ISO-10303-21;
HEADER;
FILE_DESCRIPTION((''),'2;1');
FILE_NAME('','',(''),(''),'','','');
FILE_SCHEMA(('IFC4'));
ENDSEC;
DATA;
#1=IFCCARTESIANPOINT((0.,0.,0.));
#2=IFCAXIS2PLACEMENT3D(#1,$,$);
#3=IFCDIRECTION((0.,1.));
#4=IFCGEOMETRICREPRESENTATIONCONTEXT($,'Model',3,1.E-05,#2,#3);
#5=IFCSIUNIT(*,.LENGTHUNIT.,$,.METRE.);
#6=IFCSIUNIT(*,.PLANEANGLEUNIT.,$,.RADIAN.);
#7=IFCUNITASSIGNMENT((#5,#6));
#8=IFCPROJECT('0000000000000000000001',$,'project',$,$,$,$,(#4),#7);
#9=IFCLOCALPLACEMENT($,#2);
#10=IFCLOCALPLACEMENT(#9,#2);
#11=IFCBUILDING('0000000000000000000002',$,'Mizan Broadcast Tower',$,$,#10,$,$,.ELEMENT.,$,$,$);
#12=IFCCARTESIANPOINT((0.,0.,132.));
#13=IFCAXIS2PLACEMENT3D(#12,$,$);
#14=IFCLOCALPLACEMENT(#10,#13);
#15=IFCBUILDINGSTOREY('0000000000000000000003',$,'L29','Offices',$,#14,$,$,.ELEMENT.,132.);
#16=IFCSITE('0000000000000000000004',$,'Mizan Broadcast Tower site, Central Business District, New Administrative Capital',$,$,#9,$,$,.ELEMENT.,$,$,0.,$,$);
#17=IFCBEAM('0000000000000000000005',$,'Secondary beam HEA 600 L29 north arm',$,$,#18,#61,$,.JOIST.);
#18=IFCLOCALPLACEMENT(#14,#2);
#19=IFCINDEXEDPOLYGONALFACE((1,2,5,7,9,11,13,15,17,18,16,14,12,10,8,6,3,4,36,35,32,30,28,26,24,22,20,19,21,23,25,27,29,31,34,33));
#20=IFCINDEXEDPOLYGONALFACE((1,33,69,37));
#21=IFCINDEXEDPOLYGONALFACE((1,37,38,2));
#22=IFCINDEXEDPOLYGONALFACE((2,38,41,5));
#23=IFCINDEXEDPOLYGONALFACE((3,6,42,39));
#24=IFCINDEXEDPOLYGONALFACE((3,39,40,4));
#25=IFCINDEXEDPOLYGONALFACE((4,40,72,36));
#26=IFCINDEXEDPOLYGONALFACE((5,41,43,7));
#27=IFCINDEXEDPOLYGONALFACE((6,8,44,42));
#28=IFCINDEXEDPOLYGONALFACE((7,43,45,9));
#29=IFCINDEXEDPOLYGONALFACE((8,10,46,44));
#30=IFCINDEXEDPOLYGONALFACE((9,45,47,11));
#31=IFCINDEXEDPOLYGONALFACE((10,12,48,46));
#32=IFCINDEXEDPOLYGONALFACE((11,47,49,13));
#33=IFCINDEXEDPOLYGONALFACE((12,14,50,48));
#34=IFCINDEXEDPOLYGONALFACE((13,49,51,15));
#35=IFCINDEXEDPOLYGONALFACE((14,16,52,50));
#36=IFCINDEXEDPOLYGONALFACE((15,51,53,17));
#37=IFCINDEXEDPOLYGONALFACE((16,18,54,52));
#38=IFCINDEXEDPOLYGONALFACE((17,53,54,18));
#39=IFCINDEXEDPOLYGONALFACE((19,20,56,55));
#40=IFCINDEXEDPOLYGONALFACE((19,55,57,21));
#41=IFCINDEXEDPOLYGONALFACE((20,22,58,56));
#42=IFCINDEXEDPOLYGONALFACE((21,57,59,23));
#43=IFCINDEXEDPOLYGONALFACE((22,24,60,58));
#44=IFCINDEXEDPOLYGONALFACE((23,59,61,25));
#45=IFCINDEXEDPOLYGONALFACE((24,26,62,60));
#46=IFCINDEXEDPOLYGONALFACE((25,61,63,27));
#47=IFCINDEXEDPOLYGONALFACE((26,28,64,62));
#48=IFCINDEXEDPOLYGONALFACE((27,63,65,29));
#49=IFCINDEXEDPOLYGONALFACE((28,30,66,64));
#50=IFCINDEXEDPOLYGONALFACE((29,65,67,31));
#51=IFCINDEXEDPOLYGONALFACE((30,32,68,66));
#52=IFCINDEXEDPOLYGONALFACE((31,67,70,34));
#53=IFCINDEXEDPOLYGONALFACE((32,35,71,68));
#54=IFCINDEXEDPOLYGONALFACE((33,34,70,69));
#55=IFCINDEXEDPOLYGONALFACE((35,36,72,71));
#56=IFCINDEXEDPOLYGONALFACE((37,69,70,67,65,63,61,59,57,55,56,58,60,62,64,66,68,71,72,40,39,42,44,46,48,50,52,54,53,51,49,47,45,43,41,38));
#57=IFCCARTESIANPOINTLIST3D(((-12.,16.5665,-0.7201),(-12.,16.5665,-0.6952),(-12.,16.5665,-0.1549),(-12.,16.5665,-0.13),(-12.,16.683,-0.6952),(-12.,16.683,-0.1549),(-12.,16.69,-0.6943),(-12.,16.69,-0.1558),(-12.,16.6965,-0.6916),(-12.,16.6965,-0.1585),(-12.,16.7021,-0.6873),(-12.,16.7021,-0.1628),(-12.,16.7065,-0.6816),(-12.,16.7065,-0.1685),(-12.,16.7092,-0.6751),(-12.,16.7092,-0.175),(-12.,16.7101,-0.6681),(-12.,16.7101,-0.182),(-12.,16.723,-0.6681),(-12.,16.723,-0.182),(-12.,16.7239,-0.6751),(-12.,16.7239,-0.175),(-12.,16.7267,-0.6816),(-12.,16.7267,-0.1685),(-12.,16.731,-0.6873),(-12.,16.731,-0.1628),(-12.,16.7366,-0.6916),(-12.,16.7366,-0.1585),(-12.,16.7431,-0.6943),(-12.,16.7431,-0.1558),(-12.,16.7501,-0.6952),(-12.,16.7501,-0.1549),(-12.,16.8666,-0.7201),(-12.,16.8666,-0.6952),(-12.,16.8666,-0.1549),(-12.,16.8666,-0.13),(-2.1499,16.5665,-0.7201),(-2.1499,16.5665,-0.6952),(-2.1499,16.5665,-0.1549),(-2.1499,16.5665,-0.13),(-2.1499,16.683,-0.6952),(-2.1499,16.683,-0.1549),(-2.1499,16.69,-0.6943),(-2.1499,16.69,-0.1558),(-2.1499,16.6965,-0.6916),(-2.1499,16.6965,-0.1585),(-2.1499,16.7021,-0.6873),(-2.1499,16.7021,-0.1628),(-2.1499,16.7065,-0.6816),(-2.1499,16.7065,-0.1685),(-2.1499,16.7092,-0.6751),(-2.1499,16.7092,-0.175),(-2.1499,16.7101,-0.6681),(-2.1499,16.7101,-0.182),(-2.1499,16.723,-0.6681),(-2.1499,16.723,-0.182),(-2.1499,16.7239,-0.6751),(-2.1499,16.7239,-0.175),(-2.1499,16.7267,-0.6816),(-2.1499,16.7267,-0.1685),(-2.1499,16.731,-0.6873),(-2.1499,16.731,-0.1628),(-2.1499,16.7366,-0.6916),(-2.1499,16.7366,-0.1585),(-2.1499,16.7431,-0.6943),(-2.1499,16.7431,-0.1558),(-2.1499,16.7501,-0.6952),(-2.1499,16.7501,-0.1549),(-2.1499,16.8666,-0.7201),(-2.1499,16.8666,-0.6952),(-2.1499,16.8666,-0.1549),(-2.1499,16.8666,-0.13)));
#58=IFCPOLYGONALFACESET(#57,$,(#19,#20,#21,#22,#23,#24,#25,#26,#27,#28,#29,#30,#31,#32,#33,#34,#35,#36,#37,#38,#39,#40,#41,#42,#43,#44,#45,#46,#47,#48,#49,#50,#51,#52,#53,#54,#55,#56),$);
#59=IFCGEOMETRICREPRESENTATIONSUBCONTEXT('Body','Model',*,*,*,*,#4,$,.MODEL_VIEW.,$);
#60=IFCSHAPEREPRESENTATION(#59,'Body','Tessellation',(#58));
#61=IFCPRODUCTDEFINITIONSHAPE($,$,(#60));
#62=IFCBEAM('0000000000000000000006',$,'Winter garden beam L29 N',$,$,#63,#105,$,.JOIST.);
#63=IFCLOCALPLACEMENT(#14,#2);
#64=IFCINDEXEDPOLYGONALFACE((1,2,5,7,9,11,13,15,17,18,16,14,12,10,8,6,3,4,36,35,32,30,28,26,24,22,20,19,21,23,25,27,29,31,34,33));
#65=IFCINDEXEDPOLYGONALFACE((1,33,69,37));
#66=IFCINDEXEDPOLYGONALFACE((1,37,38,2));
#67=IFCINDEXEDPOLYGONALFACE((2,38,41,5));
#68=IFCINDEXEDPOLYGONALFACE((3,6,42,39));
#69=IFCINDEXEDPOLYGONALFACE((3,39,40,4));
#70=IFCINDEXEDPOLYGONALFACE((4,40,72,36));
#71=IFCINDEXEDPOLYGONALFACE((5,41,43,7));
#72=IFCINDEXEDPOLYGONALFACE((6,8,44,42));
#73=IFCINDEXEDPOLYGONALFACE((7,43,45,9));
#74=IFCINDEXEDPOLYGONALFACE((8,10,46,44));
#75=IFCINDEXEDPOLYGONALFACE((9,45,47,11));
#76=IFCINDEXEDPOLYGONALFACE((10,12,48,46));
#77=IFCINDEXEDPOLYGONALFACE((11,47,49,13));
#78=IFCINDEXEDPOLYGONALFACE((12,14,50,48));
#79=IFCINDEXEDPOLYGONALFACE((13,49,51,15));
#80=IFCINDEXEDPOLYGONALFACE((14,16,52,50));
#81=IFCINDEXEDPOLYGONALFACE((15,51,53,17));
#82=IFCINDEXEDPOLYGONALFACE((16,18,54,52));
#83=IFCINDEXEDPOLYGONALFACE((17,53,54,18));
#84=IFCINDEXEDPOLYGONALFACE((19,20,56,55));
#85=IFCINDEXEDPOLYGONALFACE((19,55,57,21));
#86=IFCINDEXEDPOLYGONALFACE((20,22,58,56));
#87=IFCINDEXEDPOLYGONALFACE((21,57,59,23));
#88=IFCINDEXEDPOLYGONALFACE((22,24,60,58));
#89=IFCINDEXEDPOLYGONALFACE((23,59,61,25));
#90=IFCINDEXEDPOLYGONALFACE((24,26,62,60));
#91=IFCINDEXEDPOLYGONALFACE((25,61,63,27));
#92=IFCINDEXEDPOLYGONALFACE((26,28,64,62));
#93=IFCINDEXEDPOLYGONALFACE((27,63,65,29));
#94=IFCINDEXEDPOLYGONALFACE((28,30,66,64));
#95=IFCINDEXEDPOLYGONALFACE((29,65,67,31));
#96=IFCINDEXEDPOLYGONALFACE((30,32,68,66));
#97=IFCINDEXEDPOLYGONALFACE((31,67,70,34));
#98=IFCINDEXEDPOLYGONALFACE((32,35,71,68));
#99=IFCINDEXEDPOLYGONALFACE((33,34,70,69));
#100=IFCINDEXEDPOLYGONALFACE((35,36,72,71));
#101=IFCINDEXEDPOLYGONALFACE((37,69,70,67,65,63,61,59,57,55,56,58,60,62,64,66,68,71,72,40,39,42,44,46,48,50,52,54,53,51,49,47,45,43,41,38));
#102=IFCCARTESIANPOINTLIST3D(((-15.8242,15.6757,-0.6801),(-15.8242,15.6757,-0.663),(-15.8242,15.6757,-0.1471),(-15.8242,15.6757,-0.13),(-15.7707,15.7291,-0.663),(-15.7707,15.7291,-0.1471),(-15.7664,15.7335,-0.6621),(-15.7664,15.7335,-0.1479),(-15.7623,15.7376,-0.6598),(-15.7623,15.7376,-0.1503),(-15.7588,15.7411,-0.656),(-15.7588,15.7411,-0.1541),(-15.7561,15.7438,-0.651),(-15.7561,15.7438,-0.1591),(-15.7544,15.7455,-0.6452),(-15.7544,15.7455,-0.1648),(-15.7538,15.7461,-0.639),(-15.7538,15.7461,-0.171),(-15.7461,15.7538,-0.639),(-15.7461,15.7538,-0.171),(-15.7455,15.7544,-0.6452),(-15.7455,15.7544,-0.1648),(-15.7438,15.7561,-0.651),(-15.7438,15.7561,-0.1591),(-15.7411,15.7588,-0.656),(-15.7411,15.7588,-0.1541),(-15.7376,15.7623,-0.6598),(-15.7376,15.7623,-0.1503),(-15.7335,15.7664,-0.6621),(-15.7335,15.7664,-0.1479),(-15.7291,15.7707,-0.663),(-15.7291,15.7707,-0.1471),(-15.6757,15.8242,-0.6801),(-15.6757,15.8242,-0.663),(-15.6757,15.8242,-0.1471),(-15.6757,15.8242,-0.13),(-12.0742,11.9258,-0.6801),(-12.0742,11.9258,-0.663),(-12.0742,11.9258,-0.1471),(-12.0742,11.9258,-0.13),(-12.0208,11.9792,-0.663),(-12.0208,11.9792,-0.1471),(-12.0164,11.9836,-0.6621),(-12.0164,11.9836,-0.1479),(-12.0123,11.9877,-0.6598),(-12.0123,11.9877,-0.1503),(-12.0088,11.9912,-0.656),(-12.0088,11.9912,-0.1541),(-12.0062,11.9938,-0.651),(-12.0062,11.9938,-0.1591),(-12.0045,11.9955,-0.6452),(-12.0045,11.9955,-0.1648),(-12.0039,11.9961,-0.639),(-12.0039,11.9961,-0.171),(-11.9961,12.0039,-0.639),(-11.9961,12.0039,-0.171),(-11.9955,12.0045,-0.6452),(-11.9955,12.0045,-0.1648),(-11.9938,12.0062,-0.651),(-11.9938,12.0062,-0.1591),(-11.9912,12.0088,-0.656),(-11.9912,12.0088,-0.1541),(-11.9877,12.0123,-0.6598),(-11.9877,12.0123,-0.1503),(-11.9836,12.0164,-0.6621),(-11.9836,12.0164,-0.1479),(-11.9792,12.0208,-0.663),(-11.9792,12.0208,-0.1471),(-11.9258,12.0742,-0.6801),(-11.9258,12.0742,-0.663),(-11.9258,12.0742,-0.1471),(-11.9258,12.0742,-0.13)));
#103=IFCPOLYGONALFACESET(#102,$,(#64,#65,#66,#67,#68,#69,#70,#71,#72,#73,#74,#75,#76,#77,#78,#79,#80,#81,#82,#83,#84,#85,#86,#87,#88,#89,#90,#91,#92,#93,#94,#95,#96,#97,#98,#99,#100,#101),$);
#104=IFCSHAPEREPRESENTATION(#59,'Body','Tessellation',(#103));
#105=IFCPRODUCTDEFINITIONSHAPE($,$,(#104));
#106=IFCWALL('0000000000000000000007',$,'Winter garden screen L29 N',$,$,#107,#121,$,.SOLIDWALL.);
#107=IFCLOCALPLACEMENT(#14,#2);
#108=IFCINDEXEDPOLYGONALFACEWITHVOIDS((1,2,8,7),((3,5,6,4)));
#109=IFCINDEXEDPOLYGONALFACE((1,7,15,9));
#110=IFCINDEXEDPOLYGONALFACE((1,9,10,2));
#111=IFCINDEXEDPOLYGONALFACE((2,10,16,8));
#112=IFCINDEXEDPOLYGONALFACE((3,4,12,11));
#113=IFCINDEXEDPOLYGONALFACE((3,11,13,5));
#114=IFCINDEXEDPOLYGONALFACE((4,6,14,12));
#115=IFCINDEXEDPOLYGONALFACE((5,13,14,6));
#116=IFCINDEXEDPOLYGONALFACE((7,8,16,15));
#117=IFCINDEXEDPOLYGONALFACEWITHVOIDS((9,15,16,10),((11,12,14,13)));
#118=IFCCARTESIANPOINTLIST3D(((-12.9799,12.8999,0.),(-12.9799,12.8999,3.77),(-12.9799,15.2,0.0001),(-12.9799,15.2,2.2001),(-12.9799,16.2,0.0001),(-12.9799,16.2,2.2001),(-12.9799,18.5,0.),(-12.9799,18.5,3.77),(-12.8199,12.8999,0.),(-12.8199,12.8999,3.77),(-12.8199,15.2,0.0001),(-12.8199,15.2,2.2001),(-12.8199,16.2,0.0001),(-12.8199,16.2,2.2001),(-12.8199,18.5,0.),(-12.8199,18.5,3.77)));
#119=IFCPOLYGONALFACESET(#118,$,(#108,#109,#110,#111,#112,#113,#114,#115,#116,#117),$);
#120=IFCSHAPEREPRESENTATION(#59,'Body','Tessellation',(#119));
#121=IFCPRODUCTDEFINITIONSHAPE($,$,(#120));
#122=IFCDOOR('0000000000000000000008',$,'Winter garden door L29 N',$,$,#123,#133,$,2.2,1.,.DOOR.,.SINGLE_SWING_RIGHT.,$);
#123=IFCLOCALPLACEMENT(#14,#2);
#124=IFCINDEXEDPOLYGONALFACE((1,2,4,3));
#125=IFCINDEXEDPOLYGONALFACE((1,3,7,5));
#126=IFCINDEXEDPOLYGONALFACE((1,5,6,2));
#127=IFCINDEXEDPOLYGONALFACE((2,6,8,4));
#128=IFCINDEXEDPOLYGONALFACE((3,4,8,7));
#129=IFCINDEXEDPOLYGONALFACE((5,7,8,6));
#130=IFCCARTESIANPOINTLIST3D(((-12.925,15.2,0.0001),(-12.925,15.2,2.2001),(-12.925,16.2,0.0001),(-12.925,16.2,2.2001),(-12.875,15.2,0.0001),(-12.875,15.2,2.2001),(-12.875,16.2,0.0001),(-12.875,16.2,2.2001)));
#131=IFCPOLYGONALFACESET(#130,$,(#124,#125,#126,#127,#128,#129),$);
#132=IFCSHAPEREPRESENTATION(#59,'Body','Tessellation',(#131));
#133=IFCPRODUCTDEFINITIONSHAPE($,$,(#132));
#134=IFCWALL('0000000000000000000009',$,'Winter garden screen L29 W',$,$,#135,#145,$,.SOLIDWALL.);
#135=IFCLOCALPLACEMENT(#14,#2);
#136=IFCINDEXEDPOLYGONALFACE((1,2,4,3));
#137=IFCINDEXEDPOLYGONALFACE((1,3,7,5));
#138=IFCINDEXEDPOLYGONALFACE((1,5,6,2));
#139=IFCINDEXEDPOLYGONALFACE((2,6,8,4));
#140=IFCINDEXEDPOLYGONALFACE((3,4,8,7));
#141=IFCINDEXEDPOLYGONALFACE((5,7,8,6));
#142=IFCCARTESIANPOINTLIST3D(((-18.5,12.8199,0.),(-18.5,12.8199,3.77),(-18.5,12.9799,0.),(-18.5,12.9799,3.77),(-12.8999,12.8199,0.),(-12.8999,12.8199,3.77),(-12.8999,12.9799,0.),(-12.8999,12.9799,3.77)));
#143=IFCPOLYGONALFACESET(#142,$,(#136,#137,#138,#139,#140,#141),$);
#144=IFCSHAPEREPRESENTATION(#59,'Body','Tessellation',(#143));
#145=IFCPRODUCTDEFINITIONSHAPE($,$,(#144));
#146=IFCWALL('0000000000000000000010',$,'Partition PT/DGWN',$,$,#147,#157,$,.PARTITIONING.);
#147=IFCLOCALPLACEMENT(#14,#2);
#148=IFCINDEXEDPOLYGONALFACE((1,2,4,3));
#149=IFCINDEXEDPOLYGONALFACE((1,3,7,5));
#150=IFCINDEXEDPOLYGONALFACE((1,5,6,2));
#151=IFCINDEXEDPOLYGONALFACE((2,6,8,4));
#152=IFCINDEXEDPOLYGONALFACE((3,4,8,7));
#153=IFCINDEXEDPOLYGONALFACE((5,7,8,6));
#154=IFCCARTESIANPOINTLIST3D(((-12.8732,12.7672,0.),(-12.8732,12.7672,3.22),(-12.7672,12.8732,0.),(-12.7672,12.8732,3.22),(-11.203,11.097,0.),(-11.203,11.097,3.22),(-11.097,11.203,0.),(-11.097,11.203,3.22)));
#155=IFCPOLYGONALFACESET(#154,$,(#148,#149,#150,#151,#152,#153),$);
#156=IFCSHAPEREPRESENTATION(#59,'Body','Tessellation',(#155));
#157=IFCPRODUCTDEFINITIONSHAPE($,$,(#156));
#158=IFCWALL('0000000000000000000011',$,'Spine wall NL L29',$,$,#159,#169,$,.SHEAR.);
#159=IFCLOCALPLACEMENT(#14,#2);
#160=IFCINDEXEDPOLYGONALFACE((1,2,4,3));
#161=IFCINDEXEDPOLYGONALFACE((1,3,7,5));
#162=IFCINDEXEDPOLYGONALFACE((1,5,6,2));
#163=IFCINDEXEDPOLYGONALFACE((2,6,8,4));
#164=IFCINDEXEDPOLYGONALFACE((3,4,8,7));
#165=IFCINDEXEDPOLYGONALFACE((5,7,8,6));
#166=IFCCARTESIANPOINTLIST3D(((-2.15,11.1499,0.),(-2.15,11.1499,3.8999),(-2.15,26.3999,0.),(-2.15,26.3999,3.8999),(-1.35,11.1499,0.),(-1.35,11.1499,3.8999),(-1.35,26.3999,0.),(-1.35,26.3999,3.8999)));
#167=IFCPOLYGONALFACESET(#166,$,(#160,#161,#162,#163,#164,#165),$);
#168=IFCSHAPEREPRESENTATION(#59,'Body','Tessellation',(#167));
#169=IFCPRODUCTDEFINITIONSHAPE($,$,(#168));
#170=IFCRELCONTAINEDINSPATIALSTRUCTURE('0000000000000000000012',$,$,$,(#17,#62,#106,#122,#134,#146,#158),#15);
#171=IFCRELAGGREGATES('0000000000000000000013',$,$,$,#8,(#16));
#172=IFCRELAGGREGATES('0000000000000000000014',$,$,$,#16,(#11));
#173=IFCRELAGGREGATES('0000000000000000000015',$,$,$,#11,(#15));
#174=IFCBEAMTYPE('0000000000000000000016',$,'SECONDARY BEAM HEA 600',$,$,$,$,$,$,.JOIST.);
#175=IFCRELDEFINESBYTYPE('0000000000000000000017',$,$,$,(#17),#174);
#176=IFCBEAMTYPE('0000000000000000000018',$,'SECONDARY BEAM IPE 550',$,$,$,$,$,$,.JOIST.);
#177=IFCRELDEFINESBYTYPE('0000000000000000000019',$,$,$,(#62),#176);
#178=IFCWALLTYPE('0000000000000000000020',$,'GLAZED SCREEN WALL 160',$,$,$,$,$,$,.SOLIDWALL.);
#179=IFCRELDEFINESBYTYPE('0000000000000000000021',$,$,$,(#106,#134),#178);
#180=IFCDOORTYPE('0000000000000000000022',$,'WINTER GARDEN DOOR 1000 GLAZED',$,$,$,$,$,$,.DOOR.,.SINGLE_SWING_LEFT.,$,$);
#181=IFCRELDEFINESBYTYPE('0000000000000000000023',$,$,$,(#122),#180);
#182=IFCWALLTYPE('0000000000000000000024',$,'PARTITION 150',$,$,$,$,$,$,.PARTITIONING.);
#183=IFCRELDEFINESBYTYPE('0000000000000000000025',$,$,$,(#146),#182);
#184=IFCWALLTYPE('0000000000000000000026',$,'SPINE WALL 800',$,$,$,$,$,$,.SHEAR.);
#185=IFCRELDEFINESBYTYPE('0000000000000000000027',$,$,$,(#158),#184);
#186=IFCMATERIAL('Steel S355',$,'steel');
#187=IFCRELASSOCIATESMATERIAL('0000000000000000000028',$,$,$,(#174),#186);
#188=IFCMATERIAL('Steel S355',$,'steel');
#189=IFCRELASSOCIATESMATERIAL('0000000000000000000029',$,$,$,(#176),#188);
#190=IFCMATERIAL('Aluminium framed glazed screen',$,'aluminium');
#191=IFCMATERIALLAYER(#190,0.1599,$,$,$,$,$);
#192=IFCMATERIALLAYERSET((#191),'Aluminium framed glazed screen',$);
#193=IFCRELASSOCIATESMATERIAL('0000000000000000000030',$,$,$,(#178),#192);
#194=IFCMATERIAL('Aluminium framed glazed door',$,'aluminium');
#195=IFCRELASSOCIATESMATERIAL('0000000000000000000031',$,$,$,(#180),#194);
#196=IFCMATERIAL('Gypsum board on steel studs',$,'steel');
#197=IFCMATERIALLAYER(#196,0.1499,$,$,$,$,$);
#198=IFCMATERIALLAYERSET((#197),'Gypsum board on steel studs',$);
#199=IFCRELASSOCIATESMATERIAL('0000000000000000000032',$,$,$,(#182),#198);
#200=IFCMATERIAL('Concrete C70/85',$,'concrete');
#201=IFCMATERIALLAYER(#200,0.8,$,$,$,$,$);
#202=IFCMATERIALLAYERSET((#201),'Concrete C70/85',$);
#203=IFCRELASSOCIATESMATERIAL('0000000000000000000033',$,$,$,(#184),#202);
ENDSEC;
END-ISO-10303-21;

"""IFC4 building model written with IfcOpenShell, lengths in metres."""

from ifc_helpers import new_model, si_unit, direction, frame, frame_2d, origin, origin_2d, place, context, subcontext, project, spatial, rectangle, i_section, extrude, material, layer, layer_set, material_profile, profile_set, type_object, element, fill, save


model = new_model("IFC4")

# Units and contexts
model_context = context("Model", 3, precision=1e-05, world=origin(), true_north=direction((0.0, 1.0)))
body_context = subcontext(model_context, "Body", "Model", "MODEL_VIEW")
ifc_project = project(units=[si_unit("LENGTHUNIT", "METRE"), si_unit("PLANEANGLEUNIT", "RADIAN")], contexts=[model_context])

# Site, building, storey
site_placement = place(None, origin())
site = spatial("IfcSite", under=ifc_project, at=site_placement, Name="Mizan Broadcast Tower site, Central Business District, New Administrative Capital", CompositionType="ELEMENT", RefElevation=0.0)
building_placement = place(site_placement, origin())
building = spatial("IfcBuilding", under=site, at=building_placement, Name="Mizan Broadcast Tower", CompositionType="ELEMENT")
storey_placement = place(building_placement, frame((0.0, 0.0, 132.0)))
storey = spatial("IfcBuildingStorey", under=building, at=storey_placement, Name="L29", Description="Offices", CompositionType="ELEMENT", Elevation=132.0)

# Beams
ifc_material_1 = material(Name="Steel S355", Category="steel")
ifc_material_profile_1 = material_profile(ifc_material_1, i_section(OverallWidth=0.3, OverallDepth=0.5901, WebThickness=0.0129, FlangeThickness=0.0249, FilletRadius=0.0271, at=origin_2d()), Name="HEA 600")
ifc_profile_set_1 = profile_set([ifc_material_profile_1], Name="Steel S355")
beam_type_1 = type_object("IfcBeamType", Name="SECONDARY BEAM HEA 600", PredefinedType="JOIST", material=ifc_profile_set_1)
for number, where, z_axis, x_axis, name in (
    (1, (-12.0, 16.7166, -0.425), (1.0, 0.0, 0.0), (0.0, 1.0, 0.0), "Secondary beam HEA 600 L29 north arm"),
):
    element("IfcBeam", number, at=place(storey_placement, frame(where, z_axis=z_axis, x_axis=x_axis)), inside=storey, type_object=beam_type_1, Name=name, PredefinedType="JOIST", context=body_context, shape_type="SweptSolid", body=[
        extrude(i_section(OverallWidth=0.3, OverallDepth=0.5901, WebThickness=0.0129, FlangeThickness=0.0249, FilletRadius=0.0271, at=origin_2d()), origin(), (0.0, 0.0, 1.0), 9.8501),
    ])
ifc_material_2 = material(Name="Steel S355", Category="steel")
ifc_material_profile_2 = material_profile(ifc_material_2, i_section(OverallWidth=0.21, OverallDepth=0.55, WebThickness=0.011, FlangeThickness=0.0171, FilletRadius=0.0239, at=origin_2d()), Name="IPE 550")
ifc_profile_set_2 = profile_set([ifc_material_profile_2], Name="Steel S355")
beam_type_2 = type_object("IfcBeamType", Name="SECONDARY BEAM IPE 550", PredefinedType="JOIST", material=ifc_profile_set_2)
beam_1_placement = place(storey_placement, frame((-12.0, 12.0, -0.405), z_axis=(-0.707107, 0.707107, 0.0), x_axis=(-0.707107, -0.707107, 0.0)))
element("IfcBeam", 2, at=beam_1_placement, inside=storey, type_object=beam_type_2, Name="Winter garden beam L29 N", PredefinedType="JOIST", context=body_context, shape_type="SweptSolid", body=[
    extrude(i_section(OverallWidth=0.21, OverallDepth=0.55, WebThickness=0.011, FlangeThickness=0.0171, FilletRadius=0.0239, at=origin_2d()), origin(), (0.0, 0.0, 1.0), 5.3032),
])

# Wall, opening, door
ifc_material_3 = material(Name="Aluminium framed glazed screen", Category="aluminium")
ifc_layer_1 = layer(ifc_material_3, 0.1599)
ifc_layer_set_1 = layer_set([ifc_layer_1], Name="Aluminium framed glazed screen")
wall_type_1 = type_object("IfcWallType", Name="GLAZED SCREEN WALL 160", PredefinedType="SOLIDWALL", material=ifc_layer_set_1)
wall_1_placement = place(storey_placement, frame((-12.8999, 18.5, 0.0), z_axis=(0.0, 0.0, 1.0), x_axis=(0.0, -1.0, 0.0)))
wall_1 = element("IfcWall", 3, at=wall_1_placement, inside=storey, type_object=wall_type_1, Name="Winter garden screen L29 N", PredefinedType="SOLIDWALL", context=body_context, shape_type="SweptSolid", body=[
    extrude(rectangle(XDim=5.6001, YDim=0.1599, at=frame_2d((2.8, 0.0))), origin(), (0.0, 0.0, 1.0), 3.77),
])
opening_placement = place(wall_1_placement, frame((2.3, 0.0, 0.0)))
opening = element("IfcOpeningElement", 4, at=opening_placement, cuts=wall_1, PredefinedType="OPENING", context=body_context, shape_type="SweptSolid", body=[
    extrude(rectangle(XDim=1.0, YDim=2.2, at=frame_2d((0.5, 1.1001))), frame((0.0, 0.0898, 0.0), z_axis=(0.0, -1.0, 0.0), x_axis=(1.0, 0.0, 0.0)), (0.0, 0.0, 1.0), 0.1799),
])
ifc_material_4 = material(Name="Aluminium framed glazed door", Category="aluminium")
door_type = type_object("IfcDoorType", Name="WINTER GARDEN DOOR 1000 GLAZED", OperationType="SINGLE_SWING_LEFT", PredefinedType="DOOR", material=ifc_material_4)
door_placement = place(opening_placement, origin())
door = element("IfcDoor", 5, at=door_placement, inside=storey, type_object=door_type, Name="Winter garden door L29 N", OperationType="SINGLE_SWING_RIGHT", OverallHeight=2.2, OverallWidth=1.0, PredefinedType="DOOR", context=body_context, shape_type="SweptSolid", body=[
    extrude(rectangle(XDim=1.0, YDim=2.2, at=frame_2d((0.5, 1.1001))), frame((0.0, 0.0249, 0.0), z_axis=(0.0, -1.0, 0.0), x_axis=(1.0, 0.0, 0.0)), (0.0, 0.0, 1.0), 0.05),
])
fill(opening, door)

# Walls
wall_2_placement = place(storey_placement, frame((-12.8999, 12.8999, 0.0), z_axis=(0.0, 0.0, 1.0), x_axis=(-1.0, 0.0, 0.0)))
element("IfcWall", 6, at=wall_2_placement, inside=storey, type_object=wall_type_1, Name="Winter garden screen L29 W", PredefinedType="SOLIDWALL", context=body_context, shape_type="SweptSolid", body=[
    extrude(rectangle(XDim=5.6001, YDim=0.1599, at=frame_2d((2.8, 0.0))), origin(), (0.0, 0.0, 1.0), 3.77),
])
ifc_material_5 = material(Name="Gypsum board on steel studs", Category="steel")
ifc_layer_2 = layer(ifc_material_5, 0.1499)
ifc_layer_set_2 = layer_set([ifc_layer_2], Name="Gypsum board on steel studs")
wall_type_2 = type_object("IfcWallType", Name="PARTITION 150", PredefinedType="PARTITIONING", material=ifc_layer_set_2)
wall_3_placement = place(storey_placement, frame((-11.1499, 11.1499, 0.0), z_axis=(0.0, 0.0, 1.0), x_axis=(-0.707107, 0.707107, 0.0)))
element("IfcWall", 7, at=wall_3_placement, inside=storey, type_object=wall_type_2, Name="Partition PT/DGWN", PredefinedType="PARTITIONING", context=body_context, shape_type="SweptSolid", body=[
    extrude(rectangle(XDim=2.3621, YDim=0.1499, at=frame_2d((1.1812, 0.0))), origin(), (0.0, 0.0, 1.0), 3.22),
])
ifc_material_6 = material(Name="Concrete C70/85", Category="concrete")
ifc_layer_3 = layer(ifc_material_6, 0.8)
ifc_layer_set_3 = layer_set([ifc_layer_3], Name="Concrete C70/85")
wall_type_3 = type_object("IfcWallType", Name="SPINE WALL 800", PredefinedType="SHEAR", material=ifc_layer_set_3)
wall_4_placement = place(storey_placement, frame((-1.75, 11.1499, 0.0), z_axis=(0.0, 0.0, 1.0), x_axis=(0.0, 1.0, 0.0)))
element("IfcWall", 8, at=wall_4_placement, inside=storey, type_object=wall_type_3, Name="Spine wall NL L29", PredefinedType="SHEAR", context=body_context, shape_type="SweptSolid", body=[
    extrude(rectangle(XDim=15.25, YDim=0.8, at=frame_2d((7.625, 0.0))), origin(), (0.0, 0.0, 1.0), 3.8999),
])

save(model, "model.ifc")
